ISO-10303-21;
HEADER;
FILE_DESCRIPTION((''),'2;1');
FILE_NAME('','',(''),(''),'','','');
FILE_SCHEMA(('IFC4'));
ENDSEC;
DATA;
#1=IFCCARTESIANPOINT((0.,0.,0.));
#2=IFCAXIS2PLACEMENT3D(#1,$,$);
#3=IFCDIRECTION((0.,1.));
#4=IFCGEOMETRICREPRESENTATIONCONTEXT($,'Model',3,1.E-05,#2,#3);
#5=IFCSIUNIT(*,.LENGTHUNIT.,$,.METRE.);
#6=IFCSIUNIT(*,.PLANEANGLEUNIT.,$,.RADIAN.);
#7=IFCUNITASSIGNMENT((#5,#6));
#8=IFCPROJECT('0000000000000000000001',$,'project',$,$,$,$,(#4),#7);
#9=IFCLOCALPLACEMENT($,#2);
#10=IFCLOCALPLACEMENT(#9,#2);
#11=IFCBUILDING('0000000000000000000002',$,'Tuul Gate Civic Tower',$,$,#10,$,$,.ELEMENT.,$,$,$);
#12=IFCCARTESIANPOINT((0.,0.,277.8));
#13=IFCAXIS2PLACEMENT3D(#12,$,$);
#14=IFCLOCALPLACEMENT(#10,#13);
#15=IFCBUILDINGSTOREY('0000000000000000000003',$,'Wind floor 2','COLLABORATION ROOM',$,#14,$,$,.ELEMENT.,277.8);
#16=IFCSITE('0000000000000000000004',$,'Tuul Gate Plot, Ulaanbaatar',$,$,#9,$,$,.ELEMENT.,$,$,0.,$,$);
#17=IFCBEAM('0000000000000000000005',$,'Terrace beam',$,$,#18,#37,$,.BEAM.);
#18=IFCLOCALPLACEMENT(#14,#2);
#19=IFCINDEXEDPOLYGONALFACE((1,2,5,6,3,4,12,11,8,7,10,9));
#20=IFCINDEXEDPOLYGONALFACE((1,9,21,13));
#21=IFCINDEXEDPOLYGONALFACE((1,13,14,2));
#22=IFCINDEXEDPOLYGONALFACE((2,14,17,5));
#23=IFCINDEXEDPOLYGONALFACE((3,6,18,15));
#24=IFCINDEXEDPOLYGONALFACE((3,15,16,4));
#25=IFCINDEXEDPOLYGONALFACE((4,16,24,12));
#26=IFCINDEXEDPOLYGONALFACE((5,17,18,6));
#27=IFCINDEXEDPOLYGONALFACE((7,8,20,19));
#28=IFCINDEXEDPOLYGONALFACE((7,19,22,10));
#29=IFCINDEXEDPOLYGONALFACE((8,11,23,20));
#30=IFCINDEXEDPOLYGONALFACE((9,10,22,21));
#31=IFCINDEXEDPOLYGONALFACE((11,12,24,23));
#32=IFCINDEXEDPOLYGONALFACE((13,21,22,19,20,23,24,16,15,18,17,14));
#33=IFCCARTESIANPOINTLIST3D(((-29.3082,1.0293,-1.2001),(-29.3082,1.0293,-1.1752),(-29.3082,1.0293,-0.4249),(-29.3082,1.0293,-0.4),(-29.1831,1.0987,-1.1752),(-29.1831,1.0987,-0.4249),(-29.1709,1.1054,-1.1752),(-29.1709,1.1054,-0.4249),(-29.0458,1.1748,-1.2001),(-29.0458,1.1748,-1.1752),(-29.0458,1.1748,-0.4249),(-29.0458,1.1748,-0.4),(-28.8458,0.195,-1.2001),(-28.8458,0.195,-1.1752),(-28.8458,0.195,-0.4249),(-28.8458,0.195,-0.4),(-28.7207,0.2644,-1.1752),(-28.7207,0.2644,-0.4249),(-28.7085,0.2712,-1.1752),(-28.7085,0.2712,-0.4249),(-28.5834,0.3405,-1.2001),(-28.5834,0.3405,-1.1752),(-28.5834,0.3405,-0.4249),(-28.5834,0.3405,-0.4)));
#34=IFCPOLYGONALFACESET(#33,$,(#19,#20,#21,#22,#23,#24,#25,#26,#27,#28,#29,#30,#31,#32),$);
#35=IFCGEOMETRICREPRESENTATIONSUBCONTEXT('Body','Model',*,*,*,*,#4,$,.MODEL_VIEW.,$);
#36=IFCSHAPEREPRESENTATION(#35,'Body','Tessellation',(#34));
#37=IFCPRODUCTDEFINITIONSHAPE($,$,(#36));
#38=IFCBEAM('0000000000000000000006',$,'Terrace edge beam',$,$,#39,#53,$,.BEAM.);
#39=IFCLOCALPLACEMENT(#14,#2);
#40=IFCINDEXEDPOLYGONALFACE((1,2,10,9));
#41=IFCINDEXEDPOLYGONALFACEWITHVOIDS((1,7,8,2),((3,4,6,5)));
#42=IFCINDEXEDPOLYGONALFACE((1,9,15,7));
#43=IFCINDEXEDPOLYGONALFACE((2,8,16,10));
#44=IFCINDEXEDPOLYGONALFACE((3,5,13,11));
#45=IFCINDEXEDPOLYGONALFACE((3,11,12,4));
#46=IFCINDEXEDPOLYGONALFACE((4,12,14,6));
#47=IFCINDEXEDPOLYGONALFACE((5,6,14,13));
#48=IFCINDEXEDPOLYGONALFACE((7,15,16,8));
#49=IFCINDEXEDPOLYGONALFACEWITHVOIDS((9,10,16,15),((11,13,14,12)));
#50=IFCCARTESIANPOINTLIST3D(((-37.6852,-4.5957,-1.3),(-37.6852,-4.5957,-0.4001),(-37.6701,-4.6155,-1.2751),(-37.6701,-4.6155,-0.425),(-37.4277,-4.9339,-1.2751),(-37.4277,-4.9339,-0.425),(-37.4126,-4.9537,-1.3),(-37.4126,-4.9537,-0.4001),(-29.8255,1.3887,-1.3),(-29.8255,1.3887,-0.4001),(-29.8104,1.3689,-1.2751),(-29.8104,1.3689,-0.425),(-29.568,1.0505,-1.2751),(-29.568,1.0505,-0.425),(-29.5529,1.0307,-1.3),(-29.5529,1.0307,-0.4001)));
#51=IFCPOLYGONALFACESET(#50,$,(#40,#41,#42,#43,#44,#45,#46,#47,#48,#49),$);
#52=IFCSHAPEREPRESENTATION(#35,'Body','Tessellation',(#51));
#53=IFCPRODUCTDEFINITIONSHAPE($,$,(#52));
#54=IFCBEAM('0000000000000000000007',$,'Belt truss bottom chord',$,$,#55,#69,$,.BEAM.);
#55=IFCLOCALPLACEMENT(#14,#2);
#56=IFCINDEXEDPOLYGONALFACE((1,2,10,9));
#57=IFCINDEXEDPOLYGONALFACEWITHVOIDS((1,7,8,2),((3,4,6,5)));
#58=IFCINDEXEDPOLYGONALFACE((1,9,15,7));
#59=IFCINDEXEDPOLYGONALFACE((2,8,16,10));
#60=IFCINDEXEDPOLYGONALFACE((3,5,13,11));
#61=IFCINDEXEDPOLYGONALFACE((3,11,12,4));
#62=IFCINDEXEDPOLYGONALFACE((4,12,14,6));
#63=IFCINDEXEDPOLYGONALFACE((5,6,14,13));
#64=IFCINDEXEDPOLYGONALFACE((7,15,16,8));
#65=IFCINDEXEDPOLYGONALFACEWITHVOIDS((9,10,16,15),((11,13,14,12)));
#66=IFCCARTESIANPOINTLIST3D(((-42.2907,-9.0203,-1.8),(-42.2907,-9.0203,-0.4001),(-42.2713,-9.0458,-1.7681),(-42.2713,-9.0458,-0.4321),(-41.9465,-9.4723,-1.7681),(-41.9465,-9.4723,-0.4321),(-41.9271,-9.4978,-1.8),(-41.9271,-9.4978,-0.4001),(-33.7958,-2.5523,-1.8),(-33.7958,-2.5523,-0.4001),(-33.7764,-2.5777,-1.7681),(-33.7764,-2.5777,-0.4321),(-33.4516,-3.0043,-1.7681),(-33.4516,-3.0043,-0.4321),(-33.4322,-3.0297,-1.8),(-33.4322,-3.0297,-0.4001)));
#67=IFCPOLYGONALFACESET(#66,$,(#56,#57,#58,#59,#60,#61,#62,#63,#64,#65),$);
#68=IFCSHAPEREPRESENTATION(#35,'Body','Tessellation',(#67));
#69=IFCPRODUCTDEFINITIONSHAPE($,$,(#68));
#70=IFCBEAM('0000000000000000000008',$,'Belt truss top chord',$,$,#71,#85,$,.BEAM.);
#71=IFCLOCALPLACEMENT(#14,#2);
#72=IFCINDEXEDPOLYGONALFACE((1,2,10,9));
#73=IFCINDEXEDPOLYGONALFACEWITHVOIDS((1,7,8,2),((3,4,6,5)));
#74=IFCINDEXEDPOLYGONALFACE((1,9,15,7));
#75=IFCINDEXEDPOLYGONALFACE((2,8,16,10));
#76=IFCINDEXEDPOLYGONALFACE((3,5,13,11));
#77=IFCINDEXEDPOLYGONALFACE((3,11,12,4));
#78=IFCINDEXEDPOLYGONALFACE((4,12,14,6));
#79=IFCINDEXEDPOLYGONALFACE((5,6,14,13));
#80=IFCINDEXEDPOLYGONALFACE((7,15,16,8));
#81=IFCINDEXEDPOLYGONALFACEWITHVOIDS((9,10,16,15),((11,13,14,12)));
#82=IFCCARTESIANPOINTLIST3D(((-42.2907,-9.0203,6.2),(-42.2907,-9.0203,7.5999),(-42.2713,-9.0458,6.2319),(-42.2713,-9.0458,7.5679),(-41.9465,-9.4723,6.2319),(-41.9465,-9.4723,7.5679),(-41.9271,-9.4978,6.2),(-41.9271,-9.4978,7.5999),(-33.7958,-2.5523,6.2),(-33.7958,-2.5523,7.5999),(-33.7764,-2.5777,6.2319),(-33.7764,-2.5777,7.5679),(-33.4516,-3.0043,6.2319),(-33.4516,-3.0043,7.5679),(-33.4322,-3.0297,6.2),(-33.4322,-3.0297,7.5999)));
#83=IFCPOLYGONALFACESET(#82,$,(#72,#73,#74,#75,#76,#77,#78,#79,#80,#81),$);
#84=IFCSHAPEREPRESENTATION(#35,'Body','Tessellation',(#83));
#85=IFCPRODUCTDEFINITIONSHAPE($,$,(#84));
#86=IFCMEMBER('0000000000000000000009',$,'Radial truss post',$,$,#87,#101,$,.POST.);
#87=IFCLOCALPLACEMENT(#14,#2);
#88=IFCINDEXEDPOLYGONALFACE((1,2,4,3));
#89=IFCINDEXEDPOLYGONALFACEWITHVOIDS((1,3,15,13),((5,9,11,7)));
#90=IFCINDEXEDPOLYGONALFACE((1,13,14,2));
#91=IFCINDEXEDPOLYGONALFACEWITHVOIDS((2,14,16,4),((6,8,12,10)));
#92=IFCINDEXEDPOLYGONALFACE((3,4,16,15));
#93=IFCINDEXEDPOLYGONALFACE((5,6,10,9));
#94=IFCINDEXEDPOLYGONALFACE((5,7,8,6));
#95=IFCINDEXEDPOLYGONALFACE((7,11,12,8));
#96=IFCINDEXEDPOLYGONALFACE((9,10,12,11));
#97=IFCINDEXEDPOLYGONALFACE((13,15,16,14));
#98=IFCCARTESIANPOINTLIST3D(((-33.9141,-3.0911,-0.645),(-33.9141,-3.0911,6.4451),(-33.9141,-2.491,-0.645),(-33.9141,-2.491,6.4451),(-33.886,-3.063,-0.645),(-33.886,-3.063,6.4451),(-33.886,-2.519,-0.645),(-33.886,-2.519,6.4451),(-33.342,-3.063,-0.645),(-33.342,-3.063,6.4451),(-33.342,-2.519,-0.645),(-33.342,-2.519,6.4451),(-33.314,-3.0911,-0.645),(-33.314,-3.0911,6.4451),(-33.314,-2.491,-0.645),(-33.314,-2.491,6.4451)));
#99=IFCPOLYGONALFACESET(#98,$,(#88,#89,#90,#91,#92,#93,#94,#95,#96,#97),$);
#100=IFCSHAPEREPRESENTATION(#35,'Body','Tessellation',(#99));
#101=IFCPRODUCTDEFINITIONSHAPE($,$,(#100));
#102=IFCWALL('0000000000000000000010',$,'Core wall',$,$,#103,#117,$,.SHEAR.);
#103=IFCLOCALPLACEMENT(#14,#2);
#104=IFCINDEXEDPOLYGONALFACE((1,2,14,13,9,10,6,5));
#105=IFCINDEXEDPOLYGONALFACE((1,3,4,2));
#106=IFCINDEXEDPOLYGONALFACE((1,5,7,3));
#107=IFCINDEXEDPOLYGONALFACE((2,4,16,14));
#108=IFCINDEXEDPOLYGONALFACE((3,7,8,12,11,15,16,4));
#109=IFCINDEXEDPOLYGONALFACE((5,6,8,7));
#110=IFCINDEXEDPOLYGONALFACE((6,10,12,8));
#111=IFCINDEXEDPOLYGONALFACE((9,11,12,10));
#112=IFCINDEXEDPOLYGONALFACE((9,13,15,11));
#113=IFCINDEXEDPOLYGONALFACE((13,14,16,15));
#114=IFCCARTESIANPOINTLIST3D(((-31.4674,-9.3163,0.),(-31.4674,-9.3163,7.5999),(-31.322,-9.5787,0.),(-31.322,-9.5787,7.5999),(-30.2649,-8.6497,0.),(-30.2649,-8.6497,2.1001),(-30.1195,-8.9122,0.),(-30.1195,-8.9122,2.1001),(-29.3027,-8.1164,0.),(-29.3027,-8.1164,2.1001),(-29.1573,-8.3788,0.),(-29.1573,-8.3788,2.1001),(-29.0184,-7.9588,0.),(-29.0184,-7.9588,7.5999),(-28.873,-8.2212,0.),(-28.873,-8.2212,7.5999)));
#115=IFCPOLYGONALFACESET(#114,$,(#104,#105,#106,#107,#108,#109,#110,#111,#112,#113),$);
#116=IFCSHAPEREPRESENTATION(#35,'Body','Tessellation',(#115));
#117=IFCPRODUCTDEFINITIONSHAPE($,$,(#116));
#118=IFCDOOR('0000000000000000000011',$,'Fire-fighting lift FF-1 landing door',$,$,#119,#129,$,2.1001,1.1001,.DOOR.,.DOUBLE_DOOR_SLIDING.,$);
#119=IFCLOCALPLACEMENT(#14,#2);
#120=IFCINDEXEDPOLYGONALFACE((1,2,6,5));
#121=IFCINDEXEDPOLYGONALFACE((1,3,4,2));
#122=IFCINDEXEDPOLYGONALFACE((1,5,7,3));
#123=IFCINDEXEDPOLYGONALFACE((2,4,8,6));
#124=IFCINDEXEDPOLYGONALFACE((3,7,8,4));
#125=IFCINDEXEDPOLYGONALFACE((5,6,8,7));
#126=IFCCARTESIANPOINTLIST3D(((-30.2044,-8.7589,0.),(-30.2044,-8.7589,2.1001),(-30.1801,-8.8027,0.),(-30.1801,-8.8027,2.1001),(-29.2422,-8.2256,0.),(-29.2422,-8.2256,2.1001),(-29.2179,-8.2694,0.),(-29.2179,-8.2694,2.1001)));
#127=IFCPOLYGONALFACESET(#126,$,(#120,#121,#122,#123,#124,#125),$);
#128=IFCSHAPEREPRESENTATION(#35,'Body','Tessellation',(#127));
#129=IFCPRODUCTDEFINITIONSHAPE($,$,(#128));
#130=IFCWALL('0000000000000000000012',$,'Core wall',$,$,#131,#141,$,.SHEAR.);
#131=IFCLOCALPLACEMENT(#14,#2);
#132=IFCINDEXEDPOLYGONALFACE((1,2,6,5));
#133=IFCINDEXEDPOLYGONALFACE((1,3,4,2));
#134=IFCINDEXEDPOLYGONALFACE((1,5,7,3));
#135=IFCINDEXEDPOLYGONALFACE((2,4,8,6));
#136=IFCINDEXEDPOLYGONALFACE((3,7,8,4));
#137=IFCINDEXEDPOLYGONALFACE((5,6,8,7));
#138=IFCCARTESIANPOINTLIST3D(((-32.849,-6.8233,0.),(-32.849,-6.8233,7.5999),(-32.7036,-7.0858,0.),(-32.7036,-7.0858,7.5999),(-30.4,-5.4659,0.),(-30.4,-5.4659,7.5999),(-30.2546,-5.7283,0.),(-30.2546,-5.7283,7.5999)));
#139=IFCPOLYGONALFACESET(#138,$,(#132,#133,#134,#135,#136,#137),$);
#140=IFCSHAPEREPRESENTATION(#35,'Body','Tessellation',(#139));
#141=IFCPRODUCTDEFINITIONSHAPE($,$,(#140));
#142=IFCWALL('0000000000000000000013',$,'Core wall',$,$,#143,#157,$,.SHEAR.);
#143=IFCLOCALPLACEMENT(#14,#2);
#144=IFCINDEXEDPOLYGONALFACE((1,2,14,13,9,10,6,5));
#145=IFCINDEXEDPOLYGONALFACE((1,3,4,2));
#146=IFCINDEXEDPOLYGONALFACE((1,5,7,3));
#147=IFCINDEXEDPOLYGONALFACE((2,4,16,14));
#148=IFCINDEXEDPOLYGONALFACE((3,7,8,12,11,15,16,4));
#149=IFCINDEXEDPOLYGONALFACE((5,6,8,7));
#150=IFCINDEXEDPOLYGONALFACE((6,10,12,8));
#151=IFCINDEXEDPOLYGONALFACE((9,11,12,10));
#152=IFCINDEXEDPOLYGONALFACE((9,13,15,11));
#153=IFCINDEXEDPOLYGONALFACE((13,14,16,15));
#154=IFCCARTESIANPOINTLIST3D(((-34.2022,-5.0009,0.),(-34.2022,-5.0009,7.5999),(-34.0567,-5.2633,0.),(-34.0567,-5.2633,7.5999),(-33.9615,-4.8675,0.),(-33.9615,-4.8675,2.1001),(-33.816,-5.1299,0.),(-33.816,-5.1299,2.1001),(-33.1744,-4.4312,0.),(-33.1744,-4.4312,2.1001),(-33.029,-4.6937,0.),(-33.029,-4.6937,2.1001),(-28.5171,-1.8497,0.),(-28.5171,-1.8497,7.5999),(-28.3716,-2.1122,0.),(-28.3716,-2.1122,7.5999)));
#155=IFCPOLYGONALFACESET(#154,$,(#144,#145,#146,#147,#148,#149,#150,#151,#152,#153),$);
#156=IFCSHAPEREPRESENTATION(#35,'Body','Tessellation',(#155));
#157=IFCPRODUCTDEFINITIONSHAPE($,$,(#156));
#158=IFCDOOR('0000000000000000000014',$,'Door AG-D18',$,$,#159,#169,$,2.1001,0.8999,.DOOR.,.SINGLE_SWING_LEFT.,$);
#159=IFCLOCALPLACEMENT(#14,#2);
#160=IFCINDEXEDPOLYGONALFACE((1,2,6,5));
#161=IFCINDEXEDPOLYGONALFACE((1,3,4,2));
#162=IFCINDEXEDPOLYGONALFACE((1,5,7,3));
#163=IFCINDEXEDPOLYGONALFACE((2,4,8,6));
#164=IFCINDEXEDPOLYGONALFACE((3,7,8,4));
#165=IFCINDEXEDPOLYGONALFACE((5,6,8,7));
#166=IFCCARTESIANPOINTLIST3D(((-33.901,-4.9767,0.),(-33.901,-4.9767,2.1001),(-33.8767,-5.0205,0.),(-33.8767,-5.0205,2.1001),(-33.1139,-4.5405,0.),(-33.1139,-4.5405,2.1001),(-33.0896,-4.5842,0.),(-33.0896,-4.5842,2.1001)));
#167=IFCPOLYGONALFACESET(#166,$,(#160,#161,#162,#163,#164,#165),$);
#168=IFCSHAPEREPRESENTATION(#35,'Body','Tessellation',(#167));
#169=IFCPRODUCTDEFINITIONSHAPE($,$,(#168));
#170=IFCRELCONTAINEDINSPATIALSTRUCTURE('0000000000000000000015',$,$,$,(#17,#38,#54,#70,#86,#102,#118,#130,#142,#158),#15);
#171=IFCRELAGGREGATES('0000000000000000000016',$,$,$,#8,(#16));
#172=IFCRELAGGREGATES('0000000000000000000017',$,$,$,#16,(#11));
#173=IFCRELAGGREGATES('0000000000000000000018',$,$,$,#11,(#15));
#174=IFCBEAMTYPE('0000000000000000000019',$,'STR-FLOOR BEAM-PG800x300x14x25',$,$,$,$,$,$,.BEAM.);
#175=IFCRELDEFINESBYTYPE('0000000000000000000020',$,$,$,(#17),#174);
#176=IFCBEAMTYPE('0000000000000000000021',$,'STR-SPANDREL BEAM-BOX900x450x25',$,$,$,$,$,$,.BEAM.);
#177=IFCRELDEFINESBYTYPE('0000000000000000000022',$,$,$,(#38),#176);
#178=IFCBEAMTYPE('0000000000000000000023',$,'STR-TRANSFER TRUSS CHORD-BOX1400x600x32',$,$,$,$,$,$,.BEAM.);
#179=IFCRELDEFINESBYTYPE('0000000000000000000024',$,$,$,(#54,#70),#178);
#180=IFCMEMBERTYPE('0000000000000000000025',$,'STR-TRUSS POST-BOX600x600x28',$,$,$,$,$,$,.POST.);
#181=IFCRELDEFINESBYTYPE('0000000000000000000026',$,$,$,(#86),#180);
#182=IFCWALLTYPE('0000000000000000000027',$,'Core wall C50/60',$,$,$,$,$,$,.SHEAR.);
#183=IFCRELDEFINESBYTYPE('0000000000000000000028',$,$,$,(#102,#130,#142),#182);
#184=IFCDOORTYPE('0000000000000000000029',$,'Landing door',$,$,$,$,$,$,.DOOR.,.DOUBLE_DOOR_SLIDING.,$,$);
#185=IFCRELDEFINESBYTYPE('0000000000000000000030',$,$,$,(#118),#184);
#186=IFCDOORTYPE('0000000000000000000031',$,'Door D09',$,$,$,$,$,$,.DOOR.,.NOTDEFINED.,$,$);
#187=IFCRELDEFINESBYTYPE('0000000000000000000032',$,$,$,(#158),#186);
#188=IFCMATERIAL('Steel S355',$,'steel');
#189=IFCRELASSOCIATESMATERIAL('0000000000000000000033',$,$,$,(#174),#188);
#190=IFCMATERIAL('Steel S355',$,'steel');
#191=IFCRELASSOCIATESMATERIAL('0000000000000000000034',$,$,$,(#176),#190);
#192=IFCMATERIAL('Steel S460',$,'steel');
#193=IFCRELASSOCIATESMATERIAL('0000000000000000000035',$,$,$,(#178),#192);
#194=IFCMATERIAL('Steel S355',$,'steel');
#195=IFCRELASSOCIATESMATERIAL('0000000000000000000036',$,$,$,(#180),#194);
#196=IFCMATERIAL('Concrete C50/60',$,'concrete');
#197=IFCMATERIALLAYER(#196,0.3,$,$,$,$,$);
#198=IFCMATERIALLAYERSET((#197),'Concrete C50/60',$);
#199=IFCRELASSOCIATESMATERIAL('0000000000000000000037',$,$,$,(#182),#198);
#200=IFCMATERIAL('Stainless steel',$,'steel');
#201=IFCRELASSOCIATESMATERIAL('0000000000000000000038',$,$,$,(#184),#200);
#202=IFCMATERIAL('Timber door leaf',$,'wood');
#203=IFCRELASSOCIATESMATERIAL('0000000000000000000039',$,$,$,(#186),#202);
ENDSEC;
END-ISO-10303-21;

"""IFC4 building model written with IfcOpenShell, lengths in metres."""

from ifc_helpers import new_model, si_unit, direction, frame, frame_2d, origin, origin_2d, place, context, subcontext, project, spatial, rectangle, hollow_rectangle, i_section, extrude, material, layer, layer_set, material_profile, profile_set, type_object, element, fill, save


model = new_model("IFC4")

# Units and contexts
model_context = context("Model", 3, precision=1e-05, world=origin(), true_north=direction((0.0, 1.0)))
body_context = subcontext(model_context, "Body", "Model", "MODEL_VIEW")
ifc_project = project(units=[si_unit("LENGTHUNIT", "METRE"), si_unit("PLANEANGLEUNIT", "RADIAN")], contexts=[model_context])

# Site, building, storey
site_placement = place(None, origin())
site = spatial("IfcSite", under=ifc_project, at=site_placement, Name="Tuul Gate Plot, Ulaanbaatar", CompositionType="ELEMENT", RefElevation=0.0)
building_placement = place(site_placement, origin())
building = spatial("IfcBuilding", under=site, at=building_placement, Name="Tuul Gate Civic Tower", CompositionType="ELEMENT")
storey_placement = place(building_placement, frame((0.0, 0.0, 277.8)))
storey = spatial("IfcBuildingStorey", under=building, at=storey_placement, Name="Wind floor 2", Description="COLLABORATION ROOM", CompositionType="ELEMENT", Elevation=277.8)

# Beams
ifc_material_1 = material(Name="Steel S355", Category="steel")
ifc_material_profile_1 = material_profile(ifc_material_1, i_section(OverallWidth=0.3, OverallDepth=0.8, WebThickness=0.0139, FlangeThickness=0.0249, at=origin_2d()), Name="PG800x300x14x25")
ifc_profile_set_1 = profile_set([ifc_material_profile_1], Name="Steel S355")
beam_type_1 = type_object("IfcBeamType", Name="STR-FLOOR BEAM-PG800x300x14x25", PredefinedType="BEAM", material=ifc_profile_set_1)
beam_1_placement = place(storey_placement, frame((-29.177, 1.1021, -0.8), z_axis=(0.484795, -0.874628, 0.0), x_axis=(0.874628, 0.484795, 0.0)))
element("IfcBeam", 1, at=beam_1_placement, inside=storey, type_object=beam_type_1, Name="Terrace beam", PredefinedType="BEAM", context=body_context, shape_type="SweptSolid", body=[
    extrude(i_section(OverallWidth=0.3, OverallDepth=0.8, WebThickness=0.0139, FlangeThickness=0.0249, at=origin_2d()), origin(), (0.0, 0.0, 1.0), 0.9539),
])
ifc_material_2 = material(Name="Steel S355", Category="steel")
ifc_material_profile_2 = material_profile(ifc_material_2, hollow_rectangle(XDim=0.45, YDim=0.8999, WallThickness=0.0249, at=origin_2d()), Name="BOX900x450x25")
ifc_profile_set_2 = profile_set([ifc_material_profile_2], Name="Steel S355")
beam_type_2 = type_object("IfcBeamType", Name="STR-SPANDREL BEAM-BOX900x450x25", PredefinedType="BEAM", material=ifc_profile_set_2)
beam_2_placement = place(storey_placement, frame((-29.6892, 1.2097, -0.8501), z_axis=(-0.795622, -0.605793, 0.0), x_axis=(0.605793, -0.795622, 0.0)))
element("IfcBeam", 2, at=beam_2_placement, inside=storey, type_object=beam_type_2, Name="Terrace edge beam", PredefinedType="BEAM", context=body_context, shape_type="SweptSolid", body=[
    extrude(hollow_rectangle(XDim=0.45, YDim=0.8999, WallThickness=0.0249, at=origin_2d()), origin(), (0.0, 0.0, 1.0), 9.8787),
])
ifc_material_3 = material(Name="Steel S460", Category="steel")
ifc_material_profile_3 = material_profile(ifc_material_3, hollow_rectangle(XDim=0.6001, YDim=1.3999, WallThickness=0.032, at=origin_2d()), Name="BOX1400x600x32")
ifc_profile_set_3 = profile_set([ifc_material_profile_3], Name="Steel S460")
beam_type_3 = type_object("IfcBeamType", Name="STR-TRANSFER TRUSS CHORD-BOX1400x600x32", PredefinedType="BEAM", material=ifc_profile_set_3)
for number, where, z_axis, x_axis, name in (
    (3, (-33.614, -2.791, -1.1001), (-0.795624, -0.60579, 0.0), (0.60579, -0.795624, 0.0), "Belt truss bottom chord"),
    (4, (-33.614, -2.791, 6.8999), (-0.795624, -0.60579, 0.0), (0.60579, -0.795624, 0.0), "Belt truss top chord"),
):
    element("IfcBeam", number, at=place(storey_placement, frame(where, z_axis=z_axis, x_axis=x_axis)), inside=storey, type_object=beam_type_3, Name=name, PredefinedType="BEAM", context=body_context, shape_type="SweptSolid", body=[
        extrude(hollow_rectangle(XDim=0.6001, YDim=1.3999, WallThickness=0.032, at=origin_2d()), origin(), (0.0, 0.0, 1.0), 10.677),
    ])

# Member
ifc_material_4 = material(Name="Steel S355", Category="steel")
ifc_material_profile_4 = material_profile(ifc_material_4, hollow_rectangle(XDim=0.6001, YDim=0.6001, WallThickness=0.0281, at=origin_2d()), Name="BOX600x600x28")
ifc_profile_set_4 = profile_set([ifc_material_profile_4], Name="Steel S355")
member_type = type_object("IfcMemberType", Name="STR-TRUSS POST-BOX600x600x28", PredefinedType="POST", material=ifc_profile_set_4)
member_placement = place(storey_placement, frame((-33.614, -2.791, -0.645), z_axis=(0.0, 0.0, 1.0), x_axis=(1.0, 0.0, 0.0)))
element("IfcMember", 5, at=member_placement, inside=storey, type_object=member_type, Name="Radial truss post", PredefinedType="POST", context=body_context, shape_type="SweptSolid", body=[
    extrude(hollow_rectangle(XDim=0.6001, YDim=0.6001, WallThickness=0.0281, at=origin_2d()), origin(), (0.0, 0.0, 1.0), 7.0901),
])

# Wall, opening, door
ifc_material_5 = material(Name="Concrete C50/60", Category="concrete")
ifc_layer_1 = layer(ifc_material_5, 0.3)
ifc_layer_set_1 = layer_set([ifc_layer_1], Name="Concrete C50/60")
wall_type_1 = type_object("IfcWallType", Name="Core wall C50/60", PredefinedType="SHEAR", material=ifc_layer_set_1)
wall_1_placement = place(storey_placement, frame((-28.9458, -8.0901, 0.0), z_axis=(0.0, 0.0, 1.0), x_axis=(-0.87463, -0.484791, 0.0)))
wall_1 = element("IfcWall", 6, at=wall_1_placement, inside=storey, type_object=wall_type_1, Name="Core wall", PredefinedType="SHEAR", context=body_context, shape_type="SweptSolid", body=[
    extrude(rectangle(XDim=2.8, YDim=0.3, at=frame_2d((1.3999, 0.0))), origin(), (0.0, 0.0, 1.0), 7.5999),
])
opening_1_placement = place(wall_1_placement, frame((0.325, 0.0, 0.0)))
opening_1 = element("IfcOpeningElement", 7, at=opening_1_placement, cuts=wall_1, PredefinedType="OPENING", context=body_context, shape_type="SweptSolid", body=[
    extrude(rectangle(XDim=1.1001, YDim=2.1001, at=frame_2d((0.55, 1.05))), frame((0.0, 0.1602, 0.0), z_axis=(0.0, -1.0, 0.0), x_axis=(1.0, 0.0, 0.0)), (0.0, 0.0, 1.0), 0.3201),
])
ifc_material_6 = material(Name="Stainless steel", Category="steel")
door_type_1 = type_object("IfcDoorType", Name="Landing door", OperationType="DOUBLE_DOOR_SLIDING", PredefinedType="DOOR", material=ifc_material_6)
door_1_placement = place(opening_1_placement, origin())
door_1 = element("IfcDoor", 8, at=door_1_placement, inside=storey, type_object=door_type_1, Name="Fire-fighting lift FF-1 landing door", OperationType="DOUBLE_DOOR_SLIDING", OverallHeight=2.1001, OverallWidth=1.1001, PredefinedType="DOOR", context=body_context, shape_type="SweptSolid", body=[
    extrude(rectangle(XDim=1.1001, YDim=2.1001, at=frame_2d((0.55, 1.05))), frame((0.0, 0.0249, 0.0), z_axis=(0.0, -1.0, 0.0), x_axis=(1.0, 0.0, 0.0)), (0.0, 0.0, 1.0), 0.05),
])
fill(opening_1, door_1)

# Wall
wall_2_placement = place(storey_placement, frame((-30.3274, -5.5972, 0.0), z_axis=(0.0, 0.0, 1.0), x_axis=(-0.87463, -0.484791, 0.0)))
element("IfcWall", 9, at=wall_2_placement, inside=storey, type_object=wall_type_1, Name="Core wall", PredefinedType="SHEAR", context=body_context, shape_type="SweptSolid", body=[
    extrude(rectangle(XDim=2.8, YDim=0.3, at=frame_2d((1.3999, 0.0))), origin(), (0.0, 0.0, 1.0), 7.5999),
])

# Wall, opening, door
wall_3_placement = place(storey_placement, frame((-28.4443, -1.981, 0.0), z_axis=(0.0, 0.0, 1.0), x_axis=(-0.87463, -0.484791, 0.0)))
wall_3 = element("IfcWall", 10, at=wall_3_placement, inside=storey, type_object=wall_type_1, Name="Core wall", PredefinedType="SHEAR", context=body_context, shape_type="SweptSolid", body=[
    extrude(rectangle(XDim=6.5, YDim=0.3, at=frame_2d((3.25, 0.0))), origin(), (0.0, 0.0, 1.0), 7.5999),
])
opening_2_placement = place(wall_3_placement, frame((5.325, 0.0, 0.0)))
opening_2 = element("IfcOpeningElement", 11, at=opening_2_placement, cuts=wall_3, PredefinedType="OPENING", context=body_context, shape_type="SweptSolid", body=[
    extrude(rectangle(XDim=0.8999, YDim=2.1001, at=frame_2d((0.45, 1.05))), frame((0.0, 0.1602, 0.0), z_axis=(0.0, -1.0, 0.0), x_axis=(1.0, 0.0, 0.0)), (0.0, 0.0, 1.0), 0.3201),
])
ifc_material_7 = material(Name="Timber door leaf", Category="wood")
door_type_2 = type_object("IfcDoorType", Name="Door D09", OperationType="NOTDEFINED", PredefinedType="DOOR", material=ifc_material_7)
door_2_placement = place(opening_2_placement, origin())
door_2 = element("IfcDoor", 12, at=door_2_placement, inside=storey, type_object=door_type_2, Name="Door AG-D18", OperationType="SINGLE_SWING_LEFT", OverallHeight=2.1001, OverallWidth=0.8999, PredefinedType="DOOR", context=body_context, shape_type="SweptSolid", body=[
    extrude(rectangle(XDim=0.8999, YDim=2.1001, at=frame_2d((0.45, 1.05))), frame((0.0, 0.0249, 0.0), z_axis=(0.0, -1.0, 0.0), x_axis=(1.0, 0.0, 0.0)), (0.0, 0.0, 1.0), 0.05),
])
fill(opening_2, door_2)

save(model, "model.ifc")
